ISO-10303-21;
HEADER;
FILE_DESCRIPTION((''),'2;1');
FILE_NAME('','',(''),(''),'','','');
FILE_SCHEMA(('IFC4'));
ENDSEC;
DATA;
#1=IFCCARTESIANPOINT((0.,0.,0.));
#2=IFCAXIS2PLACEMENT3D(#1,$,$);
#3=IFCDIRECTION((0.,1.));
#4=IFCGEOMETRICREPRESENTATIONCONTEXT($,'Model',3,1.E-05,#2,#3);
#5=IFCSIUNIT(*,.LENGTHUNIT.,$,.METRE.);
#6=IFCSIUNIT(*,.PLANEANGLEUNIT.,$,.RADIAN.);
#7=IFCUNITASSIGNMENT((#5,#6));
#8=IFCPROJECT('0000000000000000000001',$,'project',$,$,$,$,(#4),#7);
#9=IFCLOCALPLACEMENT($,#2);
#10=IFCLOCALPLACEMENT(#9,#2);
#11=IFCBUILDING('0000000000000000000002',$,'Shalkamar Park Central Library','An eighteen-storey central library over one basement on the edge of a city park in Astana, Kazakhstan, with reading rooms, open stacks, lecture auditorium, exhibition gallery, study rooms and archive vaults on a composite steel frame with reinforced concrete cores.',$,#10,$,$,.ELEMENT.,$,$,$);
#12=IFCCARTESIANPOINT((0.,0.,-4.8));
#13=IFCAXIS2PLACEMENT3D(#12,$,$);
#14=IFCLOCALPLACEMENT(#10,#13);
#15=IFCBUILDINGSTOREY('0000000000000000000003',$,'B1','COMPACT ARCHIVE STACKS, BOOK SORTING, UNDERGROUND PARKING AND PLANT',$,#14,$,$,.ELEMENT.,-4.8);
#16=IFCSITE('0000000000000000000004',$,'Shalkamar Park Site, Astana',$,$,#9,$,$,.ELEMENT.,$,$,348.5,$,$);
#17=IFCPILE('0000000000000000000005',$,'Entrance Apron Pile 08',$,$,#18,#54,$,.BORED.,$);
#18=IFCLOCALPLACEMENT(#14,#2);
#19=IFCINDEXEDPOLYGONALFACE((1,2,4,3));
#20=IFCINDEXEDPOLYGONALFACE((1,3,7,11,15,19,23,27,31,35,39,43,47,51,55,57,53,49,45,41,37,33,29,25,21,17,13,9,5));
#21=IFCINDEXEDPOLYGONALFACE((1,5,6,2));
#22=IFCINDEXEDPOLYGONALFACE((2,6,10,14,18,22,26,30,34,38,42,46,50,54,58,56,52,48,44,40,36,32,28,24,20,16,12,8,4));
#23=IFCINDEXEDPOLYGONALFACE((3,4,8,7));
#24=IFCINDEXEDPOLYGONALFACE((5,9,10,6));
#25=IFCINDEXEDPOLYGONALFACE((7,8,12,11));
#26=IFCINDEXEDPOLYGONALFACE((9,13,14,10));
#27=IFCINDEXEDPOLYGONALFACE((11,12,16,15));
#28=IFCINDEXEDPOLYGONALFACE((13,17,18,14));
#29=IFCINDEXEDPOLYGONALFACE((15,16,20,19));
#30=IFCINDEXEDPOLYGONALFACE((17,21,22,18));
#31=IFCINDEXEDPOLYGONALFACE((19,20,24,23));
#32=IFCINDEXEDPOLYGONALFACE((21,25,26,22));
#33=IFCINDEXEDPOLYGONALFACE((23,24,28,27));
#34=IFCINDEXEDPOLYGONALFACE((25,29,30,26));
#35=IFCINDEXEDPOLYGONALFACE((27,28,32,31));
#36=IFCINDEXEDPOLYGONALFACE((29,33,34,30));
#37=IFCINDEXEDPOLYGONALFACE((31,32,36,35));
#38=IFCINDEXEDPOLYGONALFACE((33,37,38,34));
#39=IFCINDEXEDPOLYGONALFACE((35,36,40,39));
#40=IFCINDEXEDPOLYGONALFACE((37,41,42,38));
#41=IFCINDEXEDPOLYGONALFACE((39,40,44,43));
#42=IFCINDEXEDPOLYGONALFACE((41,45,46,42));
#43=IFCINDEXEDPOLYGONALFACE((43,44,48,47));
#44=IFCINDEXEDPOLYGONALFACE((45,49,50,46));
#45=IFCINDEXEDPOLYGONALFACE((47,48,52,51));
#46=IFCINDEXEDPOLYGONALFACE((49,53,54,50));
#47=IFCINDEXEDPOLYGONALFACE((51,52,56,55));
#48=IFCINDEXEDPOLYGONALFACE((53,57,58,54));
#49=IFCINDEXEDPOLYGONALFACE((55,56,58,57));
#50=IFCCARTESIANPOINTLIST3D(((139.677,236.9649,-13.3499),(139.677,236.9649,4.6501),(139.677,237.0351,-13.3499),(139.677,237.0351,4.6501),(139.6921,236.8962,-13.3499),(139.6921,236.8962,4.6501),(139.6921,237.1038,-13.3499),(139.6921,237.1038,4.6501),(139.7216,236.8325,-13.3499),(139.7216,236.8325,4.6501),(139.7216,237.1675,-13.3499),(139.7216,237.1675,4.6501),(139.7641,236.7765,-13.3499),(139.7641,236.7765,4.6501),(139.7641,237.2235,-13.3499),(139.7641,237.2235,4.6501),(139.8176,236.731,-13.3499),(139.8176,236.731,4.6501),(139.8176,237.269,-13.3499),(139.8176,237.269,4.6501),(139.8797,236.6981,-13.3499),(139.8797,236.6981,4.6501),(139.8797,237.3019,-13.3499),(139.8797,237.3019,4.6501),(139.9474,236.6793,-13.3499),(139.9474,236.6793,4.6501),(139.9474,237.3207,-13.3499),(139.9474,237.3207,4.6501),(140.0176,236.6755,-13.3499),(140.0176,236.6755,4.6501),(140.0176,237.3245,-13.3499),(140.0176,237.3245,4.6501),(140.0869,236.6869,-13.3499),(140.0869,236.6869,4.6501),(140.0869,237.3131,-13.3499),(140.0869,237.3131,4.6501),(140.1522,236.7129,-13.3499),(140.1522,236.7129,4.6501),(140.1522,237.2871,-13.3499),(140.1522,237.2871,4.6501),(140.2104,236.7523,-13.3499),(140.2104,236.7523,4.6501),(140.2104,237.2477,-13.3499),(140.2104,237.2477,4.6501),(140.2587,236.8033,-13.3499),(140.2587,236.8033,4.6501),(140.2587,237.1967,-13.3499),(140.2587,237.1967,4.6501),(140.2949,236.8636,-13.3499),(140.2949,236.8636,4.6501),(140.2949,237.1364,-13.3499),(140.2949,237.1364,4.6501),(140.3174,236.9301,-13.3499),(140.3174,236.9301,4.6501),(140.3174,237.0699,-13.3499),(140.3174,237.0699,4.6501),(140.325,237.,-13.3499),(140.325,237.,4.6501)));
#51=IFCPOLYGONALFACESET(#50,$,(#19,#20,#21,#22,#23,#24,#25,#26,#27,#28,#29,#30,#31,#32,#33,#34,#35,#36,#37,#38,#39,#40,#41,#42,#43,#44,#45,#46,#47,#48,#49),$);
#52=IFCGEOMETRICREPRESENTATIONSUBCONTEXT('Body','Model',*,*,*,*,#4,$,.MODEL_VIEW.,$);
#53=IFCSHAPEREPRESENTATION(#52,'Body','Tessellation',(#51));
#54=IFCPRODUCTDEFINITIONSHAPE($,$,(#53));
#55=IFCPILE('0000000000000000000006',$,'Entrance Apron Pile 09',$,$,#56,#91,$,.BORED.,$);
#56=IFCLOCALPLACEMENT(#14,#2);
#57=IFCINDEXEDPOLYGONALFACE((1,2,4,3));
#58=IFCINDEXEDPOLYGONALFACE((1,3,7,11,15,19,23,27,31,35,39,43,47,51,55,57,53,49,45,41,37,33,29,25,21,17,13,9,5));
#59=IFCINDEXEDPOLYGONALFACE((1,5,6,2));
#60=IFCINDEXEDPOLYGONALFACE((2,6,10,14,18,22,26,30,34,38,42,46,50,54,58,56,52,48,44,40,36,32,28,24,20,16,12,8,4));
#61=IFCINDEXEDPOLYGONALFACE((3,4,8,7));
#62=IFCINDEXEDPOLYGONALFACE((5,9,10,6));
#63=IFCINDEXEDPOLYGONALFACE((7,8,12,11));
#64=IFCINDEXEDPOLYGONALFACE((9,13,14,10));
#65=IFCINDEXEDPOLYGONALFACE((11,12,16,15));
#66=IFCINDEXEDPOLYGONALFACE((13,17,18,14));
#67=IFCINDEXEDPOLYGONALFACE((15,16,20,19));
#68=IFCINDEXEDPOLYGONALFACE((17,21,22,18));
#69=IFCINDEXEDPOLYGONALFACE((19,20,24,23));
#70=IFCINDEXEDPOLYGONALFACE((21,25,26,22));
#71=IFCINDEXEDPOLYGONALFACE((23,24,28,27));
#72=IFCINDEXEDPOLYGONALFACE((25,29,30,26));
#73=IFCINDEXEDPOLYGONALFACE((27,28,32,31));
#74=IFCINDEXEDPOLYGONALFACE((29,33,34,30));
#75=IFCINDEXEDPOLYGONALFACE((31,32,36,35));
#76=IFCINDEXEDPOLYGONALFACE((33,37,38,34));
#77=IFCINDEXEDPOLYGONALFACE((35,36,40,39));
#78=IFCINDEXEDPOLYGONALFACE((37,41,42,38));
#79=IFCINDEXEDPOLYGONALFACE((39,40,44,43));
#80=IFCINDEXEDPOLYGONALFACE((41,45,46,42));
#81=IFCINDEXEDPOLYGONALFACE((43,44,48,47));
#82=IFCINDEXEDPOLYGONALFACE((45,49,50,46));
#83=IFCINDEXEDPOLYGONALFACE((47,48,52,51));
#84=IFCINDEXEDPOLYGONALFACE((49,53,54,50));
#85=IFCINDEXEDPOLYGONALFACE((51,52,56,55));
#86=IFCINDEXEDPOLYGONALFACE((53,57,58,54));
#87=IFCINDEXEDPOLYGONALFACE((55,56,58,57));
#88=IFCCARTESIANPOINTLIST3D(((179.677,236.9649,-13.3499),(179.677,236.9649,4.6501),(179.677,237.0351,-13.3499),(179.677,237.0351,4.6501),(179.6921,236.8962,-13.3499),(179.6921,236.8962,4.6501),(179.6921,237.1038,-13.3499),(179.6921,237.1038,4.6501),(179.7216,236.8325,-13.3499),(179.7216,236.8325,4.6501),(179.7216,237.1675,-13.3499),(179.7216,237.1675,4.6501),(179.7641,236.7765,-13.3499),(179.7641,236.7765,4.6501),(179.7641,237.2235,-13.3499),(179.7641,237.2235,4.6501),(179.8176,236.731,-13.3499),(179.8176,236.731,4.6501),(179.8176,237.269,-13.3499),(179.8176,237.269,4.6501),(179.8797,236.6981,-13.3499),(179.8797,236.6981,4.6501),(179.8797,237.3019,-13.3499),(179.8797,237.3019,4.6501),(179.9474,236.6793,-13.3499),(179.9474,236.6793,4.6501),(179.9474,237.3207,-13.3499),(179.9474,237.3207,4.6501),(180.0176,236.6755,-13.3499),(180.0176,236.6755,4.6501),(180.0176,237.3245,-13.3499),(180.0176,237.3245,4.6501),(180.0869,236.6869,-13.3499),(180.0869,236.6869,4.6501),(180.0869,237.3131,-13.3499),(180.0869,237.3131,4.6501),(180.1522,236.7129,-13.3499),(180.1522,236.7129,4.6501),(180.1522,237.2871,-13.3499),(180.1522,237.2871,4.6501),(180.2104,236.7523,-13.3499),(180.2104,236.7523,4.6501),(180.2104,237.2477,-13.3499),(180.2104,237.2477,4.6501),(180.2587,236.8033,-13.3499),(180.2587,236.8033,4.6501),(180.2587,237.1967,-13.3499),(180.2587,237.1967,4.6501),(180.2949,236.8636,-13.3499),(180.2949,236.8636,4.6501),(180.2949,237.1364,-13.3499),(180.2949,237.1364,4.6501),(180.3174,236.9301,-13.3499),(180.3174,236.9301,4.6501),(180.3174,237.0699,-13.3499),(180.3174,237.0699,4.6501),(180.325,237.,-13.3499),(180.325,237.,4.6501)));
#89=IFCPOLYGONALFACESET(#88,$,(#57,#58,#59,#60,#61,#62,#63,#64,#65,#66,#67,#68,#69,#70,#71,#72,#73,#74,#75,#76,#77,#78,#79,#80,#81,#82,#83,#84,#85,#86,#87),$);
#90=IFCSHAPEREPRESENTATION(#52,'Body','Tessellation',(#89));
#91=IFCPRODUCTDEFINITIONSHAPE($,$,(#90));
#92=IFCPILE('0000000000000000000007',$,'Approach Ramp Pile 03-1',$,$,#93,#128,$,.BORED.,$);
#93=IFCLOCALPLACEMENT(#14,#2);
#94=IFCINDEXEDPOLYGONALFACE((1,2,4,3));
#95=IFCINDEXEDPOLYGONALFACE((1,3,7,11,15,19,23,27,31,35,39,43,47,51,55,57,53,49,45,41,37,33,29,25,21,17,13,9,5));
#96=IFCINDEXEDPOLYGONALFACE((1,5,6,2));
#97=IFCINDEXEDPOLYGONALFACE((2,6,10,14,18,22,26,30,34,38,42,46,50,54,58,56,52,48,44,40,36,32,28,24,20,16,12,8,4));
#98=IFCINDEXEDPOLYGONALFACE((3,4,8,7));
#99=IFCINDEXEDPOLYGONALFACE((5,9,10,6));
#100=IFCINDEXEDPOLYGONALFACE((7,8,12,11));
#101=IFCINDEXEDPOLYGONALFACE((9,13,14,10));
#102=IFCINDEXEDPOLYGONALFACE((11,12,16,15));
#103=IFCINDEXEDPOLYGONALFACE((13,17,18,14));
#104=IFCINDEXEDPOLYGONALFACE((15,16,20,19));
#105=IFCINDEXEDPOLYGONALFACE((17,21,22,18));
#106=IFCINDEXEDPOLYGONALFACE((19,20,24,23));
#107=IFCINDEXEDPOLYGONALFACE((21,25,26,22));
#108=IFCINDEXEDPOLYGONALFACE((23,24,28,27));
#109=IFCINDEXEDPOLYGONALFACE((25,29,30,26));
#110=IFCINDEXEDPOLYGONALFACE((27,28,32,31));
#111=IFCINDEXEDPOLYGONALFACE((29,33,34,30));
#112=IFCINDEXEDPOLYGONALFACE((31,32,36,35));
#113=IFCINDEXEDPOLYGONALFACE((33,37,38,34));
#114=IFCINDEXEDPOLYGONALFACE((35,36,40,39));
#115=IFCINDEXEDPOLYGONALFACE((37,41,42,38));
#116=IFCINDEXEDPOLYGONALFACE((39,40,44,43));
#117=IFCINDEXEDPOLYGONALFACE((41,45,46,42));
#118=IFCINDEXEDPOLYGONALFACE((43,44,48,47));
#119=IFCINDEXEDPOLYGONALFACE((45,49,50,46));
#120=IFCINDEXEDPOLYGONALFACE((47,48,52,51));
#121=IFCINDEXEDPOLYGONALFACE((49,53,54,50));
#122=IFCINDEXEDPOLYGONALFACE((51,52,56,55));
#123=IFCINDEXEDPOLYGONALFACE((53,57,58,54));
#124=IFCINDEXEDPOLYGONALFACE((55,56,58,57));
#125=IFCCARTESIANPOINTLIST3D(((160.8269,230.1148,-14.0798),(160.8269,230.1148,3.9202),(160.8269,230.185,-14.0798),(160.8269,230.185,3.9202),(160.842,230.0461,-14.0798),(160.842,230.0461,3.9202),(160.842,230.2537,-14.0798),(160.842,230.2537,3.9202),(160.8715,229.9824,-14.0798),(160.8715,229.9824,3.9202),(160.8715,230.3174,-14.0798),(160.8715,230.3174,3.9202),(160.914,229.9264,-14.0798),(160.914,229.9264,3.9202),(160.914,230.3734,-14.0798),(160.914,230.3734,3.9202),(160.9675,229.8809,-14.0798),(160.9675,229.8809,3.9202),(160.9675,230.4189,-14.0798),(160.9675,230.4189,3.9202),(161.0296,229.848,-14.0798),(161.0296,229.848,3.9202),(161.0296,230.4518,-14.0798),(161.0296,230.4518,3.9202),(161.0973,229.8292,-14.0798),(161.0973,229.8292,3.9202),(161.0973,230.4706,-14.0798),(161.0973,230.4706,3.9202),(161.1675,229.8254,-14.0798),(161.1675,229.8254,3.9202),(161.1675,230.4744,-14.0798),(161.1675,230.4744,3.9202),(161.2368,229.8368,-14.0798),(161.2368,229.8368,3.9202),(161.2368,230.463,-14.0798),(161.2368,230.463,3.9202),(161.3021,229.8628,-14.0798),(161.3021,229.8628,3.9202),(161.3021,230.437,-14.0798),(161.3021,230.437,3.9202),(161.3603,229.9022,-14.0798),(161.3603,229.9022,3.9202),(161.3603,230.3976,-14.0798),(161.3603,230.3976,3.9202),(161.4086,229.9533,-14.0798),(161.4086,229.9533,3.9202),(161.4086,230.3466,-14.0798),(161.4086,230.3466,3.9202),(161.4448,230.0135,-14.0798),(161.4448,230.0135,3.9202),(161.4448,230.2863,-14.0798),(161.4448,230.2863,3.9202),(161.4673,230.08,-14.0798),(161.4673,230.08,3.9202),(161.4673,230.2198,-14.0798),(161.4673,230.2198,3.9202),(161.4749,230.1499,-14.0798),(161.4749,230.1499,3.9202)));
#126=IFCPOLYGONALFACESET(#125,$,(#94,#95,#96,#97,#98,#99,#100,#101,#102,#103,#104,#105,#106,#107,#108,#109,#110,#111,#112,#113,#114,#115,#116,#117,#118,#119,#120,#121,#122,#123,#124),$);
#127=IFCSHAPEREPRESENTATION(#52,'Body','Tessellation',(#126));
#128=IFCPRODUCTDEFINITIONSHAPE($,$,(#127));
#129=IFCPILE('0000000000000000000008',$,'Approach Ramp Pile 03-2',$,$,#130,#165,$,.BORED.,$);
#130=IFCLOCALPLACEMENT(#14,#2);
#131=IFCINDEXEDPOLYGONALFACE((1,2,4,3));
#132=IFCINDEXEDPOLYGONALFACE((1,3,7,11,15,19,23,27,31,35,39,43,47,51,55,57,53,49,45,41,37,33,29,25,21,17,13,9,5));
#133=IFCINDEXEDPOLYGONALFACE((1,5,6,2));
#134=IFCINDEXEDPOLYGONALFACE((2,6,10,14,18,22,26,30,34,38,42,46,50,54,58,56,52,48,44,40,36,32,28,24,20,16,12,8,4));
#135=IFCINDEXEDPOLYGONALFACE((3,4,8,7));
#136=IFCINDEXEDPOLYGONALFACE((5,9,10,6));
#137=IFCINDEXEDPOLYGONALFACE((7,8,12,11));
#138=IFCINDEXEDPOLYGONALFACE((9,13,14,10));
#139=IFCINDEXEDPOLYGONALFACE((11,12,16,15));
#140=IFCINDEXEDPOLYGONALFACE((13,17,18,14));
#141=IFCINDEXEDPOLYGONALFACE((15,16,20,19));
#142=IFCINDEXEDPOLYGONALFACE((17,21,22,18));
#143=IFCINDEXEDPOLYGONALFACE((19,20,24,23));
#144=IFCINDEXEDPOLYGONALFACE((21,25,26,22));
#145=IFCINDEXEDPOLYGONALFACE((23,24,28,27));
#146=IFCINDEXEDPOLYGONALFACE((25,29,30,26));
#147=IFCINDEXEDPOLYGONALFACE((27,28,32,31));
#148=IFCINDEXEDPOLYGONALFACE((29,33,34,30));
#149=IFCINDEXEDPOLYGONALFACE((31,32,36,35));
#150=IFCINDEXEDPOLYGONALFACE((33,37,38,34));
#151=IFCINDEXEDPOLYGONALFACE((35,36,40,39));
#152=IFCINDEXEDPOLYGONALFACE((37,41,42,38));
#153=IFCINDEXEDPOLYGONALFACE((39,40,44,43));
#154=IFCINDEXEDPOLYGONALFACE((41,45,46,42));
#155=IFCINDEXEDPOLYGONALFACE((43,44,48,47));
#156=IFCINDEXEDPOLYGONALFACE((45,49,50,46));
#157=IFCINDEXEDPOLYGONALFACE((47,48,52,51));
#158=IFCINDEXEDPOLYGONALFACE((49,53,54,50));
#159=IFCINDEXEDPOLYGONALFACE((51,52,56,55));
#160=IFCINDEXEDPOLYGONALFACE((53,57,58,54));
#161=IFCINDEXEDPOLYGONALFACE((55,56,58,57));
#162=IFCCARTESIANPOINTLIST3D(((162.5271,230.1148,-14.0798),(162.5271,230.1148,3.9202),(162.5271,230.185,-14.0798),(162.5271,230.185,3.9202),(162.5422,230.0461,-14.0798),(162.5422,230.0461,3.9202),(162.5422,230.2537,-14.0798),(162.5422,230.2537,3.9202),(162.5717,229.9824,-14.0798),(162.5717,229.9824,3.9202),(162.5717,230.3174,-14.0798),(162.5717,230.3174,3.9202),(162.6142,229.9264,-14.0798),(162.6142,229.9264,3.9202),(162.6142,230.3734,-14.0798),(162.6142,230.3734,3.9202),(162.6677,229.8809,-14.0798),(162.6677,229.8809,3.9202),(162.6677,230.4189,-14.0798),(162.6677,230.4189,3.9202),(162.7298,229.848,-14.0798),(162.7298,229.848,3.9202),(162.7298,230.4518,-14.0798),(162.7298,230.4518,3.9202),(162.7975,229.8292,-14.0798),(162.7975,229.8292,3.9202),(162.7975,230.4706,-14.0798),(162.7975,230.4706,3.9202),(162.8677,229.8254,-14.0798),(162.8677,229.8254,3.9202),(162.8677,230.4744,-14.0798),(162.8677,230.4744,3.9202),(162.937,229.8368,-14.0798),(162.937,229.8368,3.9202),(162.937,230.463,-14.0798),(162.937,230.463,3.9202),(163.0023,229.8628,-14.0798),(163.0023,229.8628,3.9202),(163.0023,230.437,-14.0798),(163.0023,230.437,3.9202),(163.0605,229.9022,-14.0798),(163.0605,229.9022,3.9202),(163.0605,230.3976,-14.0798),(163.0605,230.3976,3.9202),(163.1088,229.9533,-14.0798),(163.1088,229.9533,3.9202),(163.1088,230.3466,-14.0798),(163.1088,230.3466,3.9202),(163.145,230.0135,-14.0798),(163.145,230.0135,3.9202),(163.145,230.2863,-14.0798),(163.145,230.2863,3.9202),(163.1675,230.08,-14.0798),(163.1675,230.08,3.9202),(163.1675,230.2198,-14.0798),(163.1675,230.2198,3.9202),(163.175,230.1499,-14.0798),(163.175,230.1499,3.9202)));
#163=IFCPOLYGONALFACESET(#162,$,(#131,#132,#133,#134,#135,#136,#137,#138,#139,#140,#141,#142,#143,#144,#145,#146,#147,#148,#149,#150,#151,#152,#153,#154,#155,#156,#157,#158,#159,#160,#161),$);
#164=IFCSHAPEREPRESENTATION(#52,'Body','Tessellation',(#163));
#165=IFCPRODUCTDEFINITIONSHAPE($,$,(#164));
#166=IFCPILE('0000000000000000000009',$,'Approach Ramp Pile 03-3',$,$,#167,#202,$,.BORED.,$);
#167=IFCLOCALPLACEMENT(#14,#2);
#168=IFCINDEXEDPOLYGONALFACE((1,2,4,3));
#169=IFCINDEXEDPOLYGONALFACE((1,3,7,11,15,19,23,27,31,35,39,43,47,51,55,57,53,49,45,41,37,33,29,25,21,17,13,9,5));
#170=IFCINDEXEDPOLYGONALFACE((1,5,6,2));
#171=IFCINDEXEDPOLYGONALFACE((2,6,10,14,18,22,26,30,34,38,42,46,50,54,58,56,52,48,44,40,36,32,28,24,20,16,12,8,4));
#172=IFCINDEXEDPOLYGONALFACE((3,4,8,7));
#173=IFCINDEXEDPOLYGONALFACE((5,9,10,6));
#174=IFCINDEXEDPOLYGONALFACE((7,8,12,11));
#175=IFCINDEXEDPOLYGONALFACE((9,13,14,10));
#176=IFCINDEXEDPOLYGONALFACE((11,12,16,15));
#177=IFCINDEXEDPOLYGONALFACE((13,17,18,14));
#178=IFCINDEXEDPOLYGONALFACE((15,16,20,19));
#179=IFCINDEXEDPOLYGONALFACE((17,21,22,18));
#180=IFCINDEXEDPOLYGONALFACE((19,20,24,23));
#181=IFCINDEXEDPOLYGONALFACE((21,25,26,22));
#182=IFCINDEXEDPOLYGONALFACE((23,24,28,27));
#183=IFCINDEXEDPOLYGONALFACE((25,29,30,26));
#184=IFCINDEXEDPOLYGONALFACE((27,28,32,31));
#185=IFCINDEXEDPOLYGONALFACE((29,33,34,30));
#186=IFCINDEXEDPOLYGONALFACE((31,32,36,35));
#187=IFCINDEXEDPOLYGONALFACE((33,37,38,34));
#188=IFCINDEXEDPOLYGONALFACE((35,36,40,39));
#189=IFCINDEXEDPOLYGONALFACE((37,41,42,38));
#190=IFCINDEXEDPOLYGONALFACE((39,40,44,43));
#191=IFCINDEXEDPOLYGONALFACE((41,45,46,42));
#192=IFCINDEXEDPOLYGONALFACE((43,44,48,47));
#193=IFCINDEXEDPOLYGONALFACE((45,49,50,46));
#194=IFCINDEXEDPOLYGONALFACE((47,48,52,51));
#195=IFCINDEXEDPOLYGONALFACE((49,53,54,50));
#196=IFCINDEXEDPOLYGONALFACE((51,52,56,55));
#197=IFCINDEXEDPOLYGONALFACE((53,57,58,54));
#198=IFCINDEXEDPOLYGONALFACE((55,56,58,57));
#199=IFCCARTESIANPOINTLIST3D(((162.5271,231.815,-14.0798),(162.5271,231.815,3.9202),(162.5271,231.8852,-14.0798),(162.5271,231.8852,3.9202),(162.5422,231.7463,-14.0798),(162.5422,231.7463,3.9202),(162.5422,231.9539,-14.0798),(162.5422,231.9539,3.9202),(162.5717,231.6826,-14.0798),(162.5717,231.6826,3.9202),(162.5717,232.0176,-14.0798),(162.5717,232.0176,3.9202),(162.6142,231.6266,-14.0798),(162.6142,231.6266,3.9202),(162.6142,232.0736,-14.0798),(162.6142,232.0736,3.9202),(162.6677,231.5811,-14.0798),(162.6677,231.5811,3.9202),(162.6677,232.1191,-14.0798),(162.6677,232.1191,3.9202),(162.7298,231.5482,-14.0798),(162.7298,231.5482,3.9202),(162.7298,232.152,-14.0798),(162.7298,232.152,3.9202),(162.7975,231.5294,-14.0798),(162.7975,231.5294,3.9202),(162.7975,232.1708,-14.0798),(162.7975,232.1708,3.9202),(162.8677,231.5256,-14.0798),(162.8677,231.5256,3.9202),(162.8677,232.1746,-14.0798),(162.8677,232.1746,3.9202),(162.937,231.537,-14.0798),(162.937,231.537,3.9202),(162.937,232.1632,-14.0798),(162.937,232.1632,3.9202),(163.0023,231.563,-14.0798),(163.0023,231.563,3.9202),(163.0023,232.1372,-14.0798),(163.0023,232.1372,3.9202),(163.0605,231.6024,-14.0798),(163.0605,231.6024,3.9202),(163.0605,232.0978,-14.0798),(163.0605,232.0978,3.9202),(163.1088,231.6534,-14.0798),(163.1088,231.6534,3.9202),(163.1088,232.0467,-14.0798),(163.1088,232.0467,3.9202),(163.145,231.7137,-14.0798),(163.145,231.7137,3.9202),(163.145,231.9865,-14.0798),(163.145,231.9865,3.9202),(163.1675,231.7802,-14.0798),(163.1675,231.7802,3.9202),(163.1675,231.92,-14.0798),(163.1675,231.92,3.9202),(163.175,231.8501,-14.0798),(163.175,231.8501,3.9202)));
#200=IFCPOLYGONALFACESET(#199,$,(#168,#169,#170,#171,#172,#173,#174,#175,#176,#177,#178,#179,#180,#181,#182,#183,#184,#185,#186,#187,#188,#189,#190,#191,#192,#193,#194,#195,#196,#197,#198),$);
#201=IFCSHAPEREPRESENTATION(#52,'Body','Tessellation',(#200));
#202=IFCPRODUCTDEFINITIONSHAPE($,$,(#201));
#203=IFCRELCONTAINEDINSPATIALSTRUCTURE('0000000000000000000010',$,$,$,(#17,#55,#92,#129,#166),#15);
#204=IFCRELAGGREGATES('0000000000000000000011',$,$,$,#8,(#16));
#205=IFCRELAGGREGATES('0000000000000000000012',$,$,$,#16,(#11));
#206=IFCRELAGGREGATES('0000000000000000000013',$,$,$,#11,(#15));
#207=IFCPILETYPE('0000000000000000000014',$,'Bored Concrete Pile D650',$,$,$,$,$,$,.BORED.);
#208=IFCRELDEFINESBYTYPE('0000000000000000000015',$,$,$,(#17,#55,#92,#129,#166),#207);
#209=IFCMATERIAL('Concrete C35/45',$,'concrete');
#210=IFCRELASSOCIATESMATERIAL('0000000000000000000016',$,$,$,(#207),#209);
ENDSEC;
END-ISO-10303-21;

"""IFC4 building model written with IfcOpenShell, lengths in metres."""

from ifc_helpers import new_model, si_unit, direction, frame, origin, origin_2d, place, context, subcontext, project, spatial, circle, extrude, material, material_profile, profile_set, type_object, element, save


model = new_model("IFC4")

# Units and contexts
model_context = context("Model", 3, precision=1e-05, world=origin(), true_north=direction((0.0, 1.0)))
body_context = subcontext(model_context, "Body", "Model", "MODEL_VIEW")
ifc_project = project(units=[si_unit("LENGTHUNIT", "METRE"), si_unit("PLANEANGLEUNIT", "RADIAN")], contexts=[model_context])

# Site, building, storey
site_placement = place(None, origin())
site = spatial("IfcSite", under=ifc_project, at=site_placement, Name="Shalkamar Park Site, Astana", CompositionType="ELEMENT", RefElevation=348.5)
building_placement = place(site_placement, origin())
building = spatial("IfcBuilding", under=site, at=building_placement, Name="Shalkamar Park Central Library", Description="An eighteen-storey central library over one basement on the edge of a city park in Astana, Kazakhstan, with reading rooms, open stacks, lecture auditorium, exhibition gallery, study rooms and archive vaults on a composite steel frame with reinforced concrete cores.", CompositionType="ELEMENT")
storey_placement = place(building_placement, frame((0.0, 0.0, -4.8)))
storey = spatial("IfcBuildingStorey", under=building, at=storey_placement, Name="B1", Description="COMPACT ARCHIVE STACKS, BOOK SORTING, UNDERGROUND PARKING AND PLANT", CompositionType="ELEMENT", Elevation=-4.8)

# Piles
ifc_material_1 = material(Name="Concrete C35/45", Category="concrete")
ifc_material_profile_1 = material_profile(ifc_material_1, circle(Radius=0.325, at=origin_2d()), Name="PILE D650")
ifc_profile_set_1 = profile_set([ifc_material_profile_1], Name="Concrete C35/45")
pile_type_1 = type_object("IfcPileType", Name="Bored Concrete Pile D650", PredefinedType="BORED", material=ifc_profile_set_1)
for number, where, z_axis, x_axis, name in (
    (1, (140.0, 237.0, 4.6501), (0.0, 0.0, -1.0), (1.0, 0.0, 0.0), "Entrance Apron Pile 08"),
    (2, (180.0, 237.0, 4.6501), (0.0, 0.0, -1.0), (1.0, 0.0, 0.0), "Entrance Apron Pile 09"),
    (3, (161.1499, 230.1499, 3.9202), (0.0, 0.0, -1.0), (1.0, 0.0, 0.0), "Approach Ramp Pile 03-1"),
    (4, (162.8501, 230.1499, 3.9202), (0.0, 0.0, -1.0), (1.0, 0.0, 0.0), "Approach Ramp Pile 03-2"),
    (5, (162.8501, 231.8501, 3.9202), (0.0, 0.0, -1.0), (1.0, 0.0, 0.0), "Approach Ramp Pile 03-3"),
):
    element("IfcPile", number, at=place(storey_placement, frame(where, z_axis=z_axis, x_axis=x_axis)), inside=storey, type_object=pile_type_1, Name=name, PredefinedType="BORED", context=body_context, shape_type="SweptSolid", body=[
        extrude(circle(Radius=0.325, at=origin_2d()), origin(), (0.0, 0.0, 1.0), 18.0),
    ])

save(model, "model.ifc")
